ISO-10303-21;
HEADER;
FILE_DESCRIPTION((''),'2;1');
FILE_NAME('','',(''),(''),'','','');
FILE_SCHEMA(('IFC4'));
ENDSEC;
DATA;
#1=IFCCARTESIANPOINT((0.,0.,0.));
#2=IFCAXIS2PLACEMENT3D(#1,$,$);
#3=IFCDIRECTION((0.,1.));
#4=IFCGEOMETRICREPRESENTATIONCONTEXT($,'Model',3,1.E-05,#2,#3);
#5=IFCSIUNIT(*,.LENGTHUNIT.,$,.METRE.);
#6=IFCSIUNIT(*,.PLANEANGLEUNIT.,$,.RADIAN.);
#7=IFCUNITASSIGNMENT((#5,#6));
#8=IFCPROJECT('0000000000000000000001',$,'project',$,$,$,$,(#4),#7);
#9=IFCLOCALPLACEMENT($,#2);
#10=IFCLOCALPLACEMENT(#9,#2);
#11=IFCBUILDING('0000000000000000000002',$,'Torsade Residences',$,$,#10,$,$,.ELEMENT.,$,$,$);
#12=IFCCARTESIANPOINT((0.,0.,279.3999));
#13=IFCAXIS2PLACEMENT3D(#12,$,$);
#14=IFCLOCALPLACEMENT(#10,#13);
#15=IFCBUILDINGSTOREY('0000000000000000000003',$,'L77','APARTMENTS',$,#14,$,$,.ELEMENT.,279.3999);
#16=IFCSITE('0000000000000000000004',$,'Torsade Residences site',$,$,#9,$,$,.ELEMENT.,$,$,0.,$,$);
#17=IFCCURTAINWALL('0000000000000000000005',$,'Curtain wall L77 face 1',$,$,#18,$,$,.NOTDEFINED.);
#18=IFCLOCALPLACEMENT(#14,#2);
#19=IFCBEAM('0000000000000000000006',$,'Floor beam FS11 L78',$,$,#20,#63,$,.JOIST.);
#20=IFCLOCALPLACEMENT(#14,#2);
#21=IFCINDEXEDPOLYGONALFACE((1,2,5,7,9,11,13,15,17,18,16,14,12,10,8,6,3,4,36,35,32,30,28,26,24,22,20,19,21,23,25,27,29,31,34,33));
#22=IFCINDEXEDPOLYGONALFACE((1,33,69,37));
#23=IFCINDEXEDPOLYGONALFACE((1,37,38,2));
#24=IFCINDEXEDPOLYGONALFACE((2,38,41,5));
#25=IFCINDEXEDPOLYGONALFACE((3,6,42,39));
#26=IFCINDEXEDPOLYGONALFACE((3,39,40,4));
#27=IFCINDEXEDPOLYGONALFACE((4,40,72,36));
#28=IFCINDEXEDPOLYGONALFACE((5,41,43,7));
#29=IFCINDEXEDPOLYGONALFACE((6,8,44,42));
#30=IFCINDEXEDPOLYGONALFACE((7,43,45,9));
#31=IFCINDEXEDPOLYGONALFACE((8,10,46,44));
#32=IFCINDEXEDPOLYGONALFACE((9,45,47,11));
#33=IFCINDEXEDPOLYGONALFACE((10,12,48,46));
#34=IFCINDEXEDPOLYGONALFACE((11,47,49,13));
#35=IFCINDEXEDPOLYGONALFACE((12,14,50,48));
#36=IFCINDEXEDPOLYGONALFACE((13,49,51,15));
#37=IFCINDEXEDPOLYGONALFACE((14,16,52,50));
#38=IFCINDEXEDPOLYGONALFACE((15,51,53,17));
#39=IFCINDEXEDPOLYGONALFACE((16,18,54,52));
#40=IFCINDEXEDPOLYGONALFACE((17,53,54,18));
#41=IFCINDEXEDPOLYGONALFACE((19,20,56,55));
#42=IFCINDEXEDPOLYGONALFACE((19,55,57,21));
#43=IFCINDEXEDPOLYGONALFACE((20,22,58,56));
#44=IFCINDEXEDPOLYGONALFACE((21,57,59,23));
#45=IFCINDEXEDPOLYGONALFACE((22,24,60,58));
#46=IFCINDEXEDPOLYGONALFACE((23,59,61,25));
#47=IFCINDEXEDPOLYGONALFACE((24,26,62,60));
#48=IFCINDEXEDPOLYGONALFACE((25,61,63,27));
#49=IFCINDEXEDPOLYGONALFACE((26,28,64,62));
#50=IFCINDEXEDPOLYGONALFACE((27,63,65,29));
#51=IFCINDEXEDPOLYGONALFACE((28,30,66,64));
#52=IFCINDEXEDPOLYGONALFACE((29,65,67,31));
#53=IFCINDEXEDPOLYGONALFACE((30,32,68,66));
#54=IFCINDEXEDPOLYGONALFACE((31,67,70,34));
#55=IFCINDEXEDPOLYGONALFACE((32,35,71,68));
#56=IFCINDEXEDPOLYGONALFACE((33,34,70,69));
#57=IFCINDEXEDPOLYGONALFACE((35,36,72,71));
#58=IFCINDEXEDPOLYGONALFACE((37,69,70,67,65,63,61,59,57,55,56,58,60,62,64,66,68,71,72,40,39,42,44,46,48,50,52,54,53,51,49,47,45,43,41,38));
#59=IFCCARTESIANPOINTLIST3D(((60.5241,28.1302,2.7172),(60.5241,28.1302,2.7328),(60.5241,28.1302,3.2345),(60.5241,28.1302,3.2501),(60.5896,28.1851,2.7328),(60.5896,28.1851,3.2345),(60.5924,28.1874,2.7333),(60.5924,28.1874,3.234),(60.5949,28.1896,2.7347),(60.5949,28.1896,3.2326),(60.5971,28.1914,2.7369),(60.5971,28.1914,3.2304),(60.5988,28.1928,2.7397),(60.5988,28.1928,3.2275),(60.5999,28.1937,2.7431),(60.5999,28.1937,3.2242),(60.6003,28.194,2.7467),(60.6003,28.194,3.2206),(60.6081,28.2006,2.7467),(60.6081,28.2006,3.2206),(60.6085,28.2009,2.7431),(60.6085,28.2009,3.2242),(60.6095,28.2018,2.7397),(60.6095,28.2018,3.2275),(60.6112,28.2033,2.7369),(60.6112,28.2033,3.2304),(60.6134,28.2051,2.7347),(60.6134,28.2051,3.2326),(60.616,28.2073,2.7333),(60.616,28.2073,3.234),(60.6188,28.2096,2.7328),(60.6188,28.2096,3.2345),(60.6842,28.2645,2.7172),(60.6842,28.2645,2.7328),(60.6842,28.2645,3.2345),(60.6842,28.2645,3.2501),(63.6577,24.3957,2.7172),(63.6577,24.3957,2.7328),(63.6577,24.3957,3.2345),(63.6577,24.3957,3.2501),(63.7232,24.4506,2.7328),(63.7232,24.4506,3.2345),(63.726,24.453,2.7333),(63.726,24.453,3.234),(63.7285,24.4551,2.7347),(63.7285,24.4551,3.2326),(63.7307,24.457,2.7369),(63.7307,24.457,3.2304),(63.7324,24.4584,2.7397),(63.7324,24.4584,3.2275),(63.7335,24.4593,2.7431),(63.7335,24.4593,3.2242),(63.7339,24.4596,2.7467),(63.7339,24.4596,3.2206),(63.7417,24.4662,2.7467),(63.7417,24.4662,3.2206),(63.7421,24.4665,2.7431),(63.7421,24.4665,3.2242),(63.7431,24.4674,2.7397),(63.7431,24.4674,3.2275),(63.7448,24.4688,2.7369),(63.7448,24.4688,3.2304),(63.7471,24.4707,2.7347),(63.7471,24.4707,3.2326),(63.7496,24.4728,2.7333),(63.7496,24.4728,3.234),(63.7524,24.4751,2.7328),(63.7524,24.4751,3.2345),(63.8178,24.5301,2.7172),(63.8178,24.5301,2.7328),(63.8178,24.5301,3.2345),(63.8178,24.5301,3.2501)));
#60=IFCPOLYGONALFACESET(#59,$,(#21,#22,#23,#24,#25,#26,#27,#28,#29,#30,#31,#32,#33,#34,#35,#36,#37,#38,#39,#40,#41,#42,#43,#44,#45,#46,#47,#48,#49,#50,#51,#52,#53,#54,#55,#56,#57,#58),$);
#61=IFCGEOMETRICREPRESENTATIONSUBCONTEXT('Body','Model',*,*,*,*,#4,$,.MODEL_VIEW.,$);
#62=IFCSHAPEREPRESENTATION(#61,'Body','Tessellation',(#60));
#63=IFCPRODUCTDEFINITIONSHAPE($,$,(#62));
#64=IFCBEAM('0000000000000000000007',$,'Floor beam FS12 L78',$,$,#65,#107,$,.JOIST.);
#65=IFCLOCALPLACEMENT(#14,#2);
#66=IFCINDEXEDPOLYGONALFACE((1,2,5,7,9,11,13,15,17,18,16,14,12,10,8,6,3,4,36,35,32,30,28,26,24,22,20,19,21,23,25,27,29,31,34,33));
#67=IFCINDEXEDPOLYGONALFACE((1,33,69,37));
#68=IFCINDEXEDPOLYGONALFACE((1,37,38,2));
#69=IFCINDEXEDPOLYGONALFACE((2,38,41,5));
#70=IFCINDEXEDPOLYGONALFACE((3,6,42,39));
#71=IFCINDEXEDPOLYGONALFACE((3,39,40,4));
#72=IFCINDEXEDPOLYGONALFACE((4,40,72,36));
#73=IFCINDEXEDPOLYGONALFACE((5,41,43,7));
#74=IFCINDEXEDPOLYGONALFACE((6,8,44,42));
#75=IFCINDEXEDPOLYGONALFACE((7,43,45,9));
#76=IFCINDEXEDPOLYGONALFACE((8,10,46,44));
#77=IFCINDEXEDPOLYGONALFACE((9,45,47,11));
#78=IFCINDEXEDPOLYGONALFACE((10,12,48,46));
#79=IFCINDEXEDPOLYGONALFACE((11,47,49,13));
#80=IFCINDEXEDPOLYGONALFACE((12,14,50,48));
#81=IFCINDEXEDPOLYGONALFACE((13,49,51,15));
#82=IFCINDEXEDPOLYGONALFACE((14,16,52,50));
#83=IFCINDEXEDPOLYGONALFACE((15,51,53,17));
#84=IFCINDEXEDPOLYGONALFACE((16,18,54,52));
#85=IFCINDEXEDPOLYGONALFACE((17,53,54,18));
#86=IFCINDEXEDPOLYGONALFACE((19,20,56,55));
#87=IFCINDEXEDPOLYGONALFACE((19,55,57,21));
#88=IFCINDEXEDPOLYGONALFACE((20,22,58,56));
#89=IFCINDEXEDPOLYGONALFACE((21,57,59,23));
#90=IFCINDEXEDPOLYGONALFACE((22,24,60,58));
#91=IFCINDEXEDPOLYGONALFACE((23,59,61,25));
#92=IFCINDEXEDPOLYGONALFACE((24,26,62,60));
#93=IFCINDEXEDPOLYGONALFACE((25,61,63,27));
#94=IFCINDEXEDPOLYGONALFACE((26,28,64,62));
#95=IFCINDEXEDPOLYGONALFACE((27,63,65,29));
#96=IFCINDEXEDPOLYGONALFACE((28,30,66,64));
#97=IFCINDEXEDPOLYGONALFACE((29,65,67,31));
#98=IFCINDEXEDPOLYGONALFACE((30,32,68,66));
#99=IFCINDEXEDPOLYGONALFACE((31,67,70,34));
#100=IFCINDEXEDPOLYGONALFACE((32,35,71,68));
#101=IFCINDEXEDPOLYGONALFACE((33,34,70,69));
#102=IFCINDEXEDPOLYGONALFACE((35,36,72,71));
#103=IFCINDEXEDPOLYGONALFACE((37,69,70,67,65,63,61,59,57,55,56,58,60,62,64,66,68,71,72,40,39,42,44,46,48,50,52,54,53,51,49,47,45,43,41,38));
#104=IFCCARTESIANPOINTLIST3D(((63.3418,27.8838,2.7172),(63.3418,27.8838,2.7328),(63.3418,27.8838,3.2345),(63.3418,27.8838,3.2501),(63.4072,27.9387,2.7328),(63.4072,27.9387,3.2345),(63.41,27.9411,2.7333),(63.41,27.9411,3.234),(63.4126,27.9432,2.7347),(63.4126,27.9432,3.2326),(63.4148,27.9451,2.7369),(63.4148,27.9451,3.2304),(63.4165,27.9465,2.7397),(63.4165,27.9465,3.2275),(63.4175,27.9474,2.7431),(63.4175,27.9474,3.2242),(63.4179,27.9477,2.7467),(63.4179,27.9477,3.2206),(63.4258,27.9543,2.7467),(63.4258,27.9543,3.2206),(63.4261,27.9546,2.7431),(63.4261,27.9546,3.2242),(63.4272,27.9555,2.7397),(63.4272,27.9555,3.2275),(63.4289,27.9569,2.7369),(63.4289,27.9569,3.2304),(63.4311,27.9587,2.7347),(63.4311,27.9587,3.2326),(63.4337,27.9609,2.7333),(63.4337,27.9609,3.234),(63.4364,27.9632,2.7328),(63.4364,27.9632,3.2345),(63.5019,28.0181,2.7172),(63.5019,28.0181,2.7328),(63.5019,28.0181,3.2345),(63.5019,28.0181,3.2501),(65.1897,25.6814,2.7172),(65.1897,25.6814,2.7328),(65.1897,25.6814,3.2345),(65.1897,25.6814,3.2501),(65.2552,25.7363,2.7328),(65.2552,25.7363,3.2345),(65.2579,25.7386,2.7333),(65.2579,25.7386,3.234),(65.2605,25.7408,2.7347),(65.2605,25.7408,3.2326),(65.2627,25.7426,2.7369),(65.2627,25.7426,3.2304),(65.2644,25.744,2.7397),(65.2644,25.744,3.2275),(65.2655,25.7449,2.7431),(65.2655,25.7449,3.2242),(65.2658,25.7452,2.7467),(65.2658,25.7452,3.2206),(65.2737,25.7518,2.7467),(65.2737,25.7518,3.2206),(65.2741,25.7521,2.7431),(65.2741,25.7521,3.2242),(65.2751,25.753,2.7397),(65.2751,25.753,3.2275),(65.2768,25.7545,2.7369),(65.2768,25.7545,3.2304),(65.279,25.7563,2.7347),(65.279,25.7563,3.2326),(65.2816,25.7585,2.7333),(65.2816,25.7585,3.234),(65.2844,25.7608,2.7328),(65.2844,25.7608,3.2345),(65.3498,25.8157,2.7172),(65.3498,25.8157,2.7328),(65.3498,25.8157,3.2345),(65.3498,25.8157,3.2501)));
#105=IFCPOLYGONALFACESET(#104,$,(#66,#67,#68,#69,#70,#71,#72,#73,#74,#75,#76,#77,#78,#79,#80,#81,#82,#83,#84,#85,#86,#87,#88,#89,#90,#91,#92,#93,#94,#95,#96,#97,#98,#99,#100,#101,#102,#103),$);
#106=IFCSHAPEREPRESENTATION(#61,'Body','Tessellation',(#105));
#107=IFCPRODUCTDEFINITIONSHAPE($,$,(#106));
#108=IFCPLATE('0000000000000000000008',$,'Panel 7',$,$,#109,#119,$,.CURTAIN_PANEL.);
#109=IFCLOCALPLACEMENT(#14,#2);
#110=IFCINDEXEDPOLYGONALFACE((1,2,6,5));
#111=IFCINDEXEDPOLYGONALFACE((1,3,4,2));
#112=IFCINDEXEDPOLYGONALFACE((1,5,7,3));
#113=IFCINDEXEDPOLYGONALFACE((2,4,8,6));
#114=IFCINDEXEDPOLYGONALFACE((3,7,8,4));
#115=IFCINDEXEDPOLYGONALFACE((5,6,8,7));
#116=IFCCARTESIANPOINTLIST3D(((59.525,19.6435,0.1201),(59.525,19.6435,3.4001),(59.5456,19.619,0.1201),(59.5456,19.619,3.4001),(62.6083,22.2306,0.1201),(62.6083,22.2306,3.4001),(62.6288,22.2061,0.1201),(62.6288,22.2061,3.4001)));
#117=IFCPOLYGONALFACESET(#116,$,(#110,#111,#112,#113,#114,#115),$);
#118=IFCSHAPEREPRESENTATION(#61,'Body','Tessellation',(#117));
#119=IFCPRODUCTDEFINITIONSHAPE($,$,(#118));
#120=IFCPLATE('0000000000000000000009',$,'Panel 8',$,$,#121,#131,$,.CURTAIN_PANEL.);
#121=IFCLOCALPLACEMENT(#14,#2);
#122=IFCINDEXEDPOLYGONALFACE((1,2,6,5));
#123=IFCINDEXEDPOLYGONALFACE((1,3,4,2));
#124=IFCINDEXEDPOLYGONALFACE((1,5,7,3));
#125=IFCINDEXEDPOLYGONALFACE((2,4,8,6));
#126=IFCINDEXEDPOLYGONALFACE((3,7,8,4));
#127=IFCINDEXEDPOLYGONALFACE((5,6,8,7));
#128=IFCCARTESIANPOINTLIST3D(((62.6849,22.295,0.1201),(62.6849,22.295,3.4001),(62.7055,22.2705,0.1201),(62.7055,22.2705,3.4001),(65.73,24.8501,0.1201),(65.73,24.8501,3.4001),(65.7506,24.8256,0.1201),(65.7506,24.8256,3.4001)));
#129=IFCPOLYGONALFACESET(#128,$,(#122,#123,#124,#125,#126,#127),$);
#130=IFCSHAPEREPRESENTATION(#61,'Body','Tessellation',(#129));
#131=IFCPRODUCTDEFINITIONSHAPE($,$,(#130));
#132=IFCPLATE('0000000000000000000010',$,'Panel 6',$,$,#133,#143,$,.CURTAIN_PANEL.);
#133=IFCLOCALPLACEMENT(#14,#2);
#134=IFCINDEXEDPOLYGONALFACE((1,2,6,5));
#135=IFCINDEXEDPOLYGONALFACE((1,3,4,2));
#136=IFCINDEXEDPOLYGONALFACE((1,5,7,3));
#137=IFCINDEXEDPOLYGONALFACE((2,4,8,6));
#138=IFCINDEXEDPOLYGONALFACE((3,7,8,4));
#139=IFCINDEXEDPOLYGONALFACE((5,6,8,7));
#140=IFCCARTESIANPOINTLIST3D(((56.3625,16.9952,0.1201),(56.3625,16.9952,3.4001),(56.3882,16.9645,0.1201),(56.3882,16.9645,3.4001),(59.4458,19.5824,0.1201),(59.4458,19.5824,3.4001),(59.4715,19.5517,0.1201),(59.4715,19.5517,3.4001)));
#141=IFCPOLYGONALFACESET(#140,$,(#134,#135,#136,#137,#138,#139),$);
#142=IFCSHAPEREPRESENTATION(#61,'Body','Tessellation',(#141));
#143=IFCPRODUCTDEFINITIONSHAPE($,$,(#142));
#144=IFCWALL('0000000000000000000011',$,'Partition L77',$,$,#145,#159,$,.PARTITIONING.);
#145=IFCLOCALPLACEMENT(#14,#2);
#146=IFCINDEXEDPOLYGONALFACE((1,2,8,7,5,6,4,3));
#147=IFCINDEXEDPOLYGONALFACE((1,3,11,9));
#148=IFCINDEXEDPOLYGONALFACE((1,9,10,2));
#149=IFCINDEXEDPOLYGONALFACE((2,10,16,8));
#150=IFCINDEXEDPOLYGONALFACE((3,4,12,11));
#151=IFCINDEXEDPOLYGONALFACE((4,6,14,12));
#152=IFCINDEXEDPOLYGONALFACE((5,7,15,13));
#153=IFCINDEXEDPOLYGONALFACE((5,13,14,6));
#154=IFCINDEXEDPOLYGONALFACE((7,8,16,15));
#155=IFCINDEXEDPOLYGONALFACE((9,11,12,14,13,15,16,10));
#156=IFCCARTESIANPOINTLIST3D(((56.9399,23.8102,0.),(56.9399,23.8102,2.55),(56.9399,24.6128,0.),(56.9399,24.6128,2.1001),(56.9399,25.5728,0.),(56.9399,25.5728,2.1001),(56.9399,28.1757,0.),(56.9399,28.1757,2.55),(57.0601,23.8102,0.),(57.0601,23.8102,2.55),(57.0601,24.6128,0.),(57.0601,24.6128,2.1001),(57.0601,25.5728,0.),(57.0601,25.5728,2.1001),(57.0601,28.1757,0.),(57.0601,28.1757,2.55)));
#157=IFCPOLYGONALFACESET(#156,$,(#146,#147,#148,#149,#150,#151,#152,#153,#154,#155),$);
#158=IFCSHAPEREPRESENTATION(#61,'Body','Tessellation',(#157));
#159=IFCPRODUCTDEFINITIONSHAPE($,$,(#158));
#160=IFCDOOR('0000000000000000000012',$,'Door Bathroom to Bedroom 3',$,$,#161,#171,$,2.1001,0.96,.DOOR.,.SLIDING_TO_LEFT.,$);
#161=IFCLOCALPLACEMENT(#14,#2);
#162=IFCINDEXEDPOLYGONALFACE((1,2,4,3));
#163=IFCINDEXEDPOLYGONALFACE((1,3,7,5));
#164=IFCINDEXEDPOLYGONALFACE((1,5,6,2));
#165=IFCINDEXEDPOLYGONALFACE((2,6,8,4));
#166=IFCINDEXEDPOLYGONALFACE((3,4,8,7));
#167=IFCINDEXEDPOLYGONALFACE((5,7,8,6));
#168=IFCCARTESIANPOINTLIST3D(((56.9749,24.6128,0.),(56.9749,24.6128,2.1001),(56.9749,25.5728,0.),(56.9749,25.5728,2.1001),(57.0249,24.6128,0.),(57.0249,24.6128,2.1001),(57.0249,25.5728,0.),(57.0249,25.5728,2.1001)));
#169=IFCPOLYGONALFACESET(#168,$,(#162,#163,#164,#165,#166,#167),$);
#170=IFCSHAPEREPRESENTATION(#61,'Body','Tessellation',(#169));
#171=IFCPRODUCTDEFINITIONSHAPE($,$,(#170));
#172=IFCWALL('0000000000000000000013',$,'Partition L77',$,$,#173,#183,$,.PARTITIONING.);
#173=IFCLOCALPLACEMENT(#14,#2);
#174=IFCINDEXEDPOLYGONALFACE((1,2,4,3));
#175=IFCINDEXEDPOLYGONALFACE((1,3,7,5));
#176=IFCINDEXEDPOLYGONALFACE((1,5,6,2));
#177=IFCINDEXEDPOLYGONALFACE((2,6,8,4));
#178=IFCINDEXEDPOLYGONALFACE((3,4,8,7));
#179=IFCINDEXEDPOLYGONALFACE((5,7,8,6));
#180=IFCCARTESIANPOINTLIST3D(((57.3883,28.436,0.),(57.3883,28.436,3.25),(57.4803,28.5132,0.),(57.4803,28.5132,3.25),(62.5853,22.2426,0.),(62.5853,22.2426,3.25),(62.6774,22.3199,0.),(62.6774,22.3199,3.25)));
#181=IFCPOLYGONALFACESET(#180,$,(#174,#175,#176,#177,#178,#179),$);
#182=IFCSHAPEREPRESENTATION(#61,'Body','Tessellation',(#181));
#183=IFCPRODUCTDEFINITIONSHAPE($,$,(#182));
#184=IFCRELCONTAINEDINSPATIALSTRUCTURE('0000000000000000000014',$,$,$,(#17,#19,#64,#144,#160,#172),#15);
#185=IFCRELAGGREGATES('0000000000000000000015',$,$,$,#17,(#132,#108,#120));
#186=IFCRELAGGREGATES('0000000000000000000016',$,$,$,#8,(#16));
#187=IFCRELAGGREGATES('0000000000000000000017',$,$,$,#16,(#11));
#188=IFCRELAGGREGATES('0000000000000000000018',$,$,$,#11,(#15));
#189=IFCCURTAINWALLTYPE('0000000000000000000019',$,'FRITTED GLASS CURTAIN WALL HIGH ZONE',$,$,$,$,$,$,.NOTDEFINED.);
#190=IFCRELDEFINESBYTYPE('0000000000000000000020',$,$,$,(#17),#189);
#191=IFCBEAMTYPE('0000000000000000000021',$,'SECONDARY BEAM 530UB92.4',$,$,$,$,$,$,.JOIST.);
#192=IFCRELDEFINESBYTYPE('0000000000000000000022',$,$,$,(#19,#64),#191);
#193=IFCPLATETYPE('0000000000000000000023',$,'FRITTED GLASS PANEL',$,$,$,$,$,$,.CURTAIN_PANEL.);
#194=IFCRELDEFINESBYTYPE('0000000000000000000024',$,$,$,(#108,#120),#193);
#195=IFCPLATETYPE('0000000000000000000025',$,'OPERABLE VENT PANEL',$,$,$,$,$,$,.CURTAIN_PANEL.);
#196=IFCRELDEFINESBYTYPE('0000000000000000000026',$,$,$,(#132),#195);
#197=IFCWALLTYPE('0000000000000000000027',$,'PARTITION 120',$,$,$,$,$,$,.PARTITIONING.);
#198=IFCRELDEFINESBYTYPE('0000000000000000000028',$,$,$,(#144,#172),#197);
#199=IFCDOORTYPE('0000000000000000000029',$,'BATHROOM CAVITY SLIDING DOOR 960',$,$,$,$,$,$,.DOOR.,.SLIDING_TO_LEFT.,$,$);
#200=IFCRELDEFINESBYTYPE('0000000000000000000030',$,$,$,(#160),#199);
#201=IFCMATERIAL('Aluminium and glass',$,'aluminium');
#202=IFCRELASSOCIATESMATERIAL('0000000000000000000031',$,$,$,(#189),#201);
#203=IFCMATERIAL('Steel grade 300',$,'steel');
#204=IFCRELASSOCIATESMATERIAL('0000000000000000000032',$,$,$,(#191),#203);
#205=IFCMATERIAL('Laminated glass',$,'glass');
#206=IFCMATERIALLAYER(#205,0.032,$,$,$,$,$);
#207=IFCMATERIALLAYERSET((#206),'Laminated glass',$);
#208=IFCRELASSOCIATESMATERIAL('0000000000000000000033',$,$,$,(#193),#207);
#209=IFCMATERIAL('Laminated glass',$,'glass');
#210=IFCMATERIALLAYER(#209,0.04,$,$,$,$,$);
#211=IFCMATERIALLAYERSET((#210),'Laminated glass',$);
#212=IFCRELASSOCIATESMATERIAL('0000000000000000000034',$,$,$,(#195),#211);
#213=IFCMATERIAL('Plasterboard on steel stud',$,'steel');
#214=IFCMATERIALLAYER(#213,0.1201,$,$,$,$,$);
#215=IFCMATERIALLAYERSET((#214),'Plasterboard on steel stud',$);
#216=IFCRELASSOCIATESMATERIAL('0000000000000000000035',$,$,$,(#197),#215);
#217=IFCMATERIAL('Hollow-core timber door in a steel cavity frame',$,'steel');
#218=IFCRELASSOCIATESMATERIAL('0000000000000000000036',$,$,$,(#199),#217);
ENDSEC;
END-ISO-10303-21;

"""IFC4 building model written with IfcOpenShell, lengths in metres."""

from ifc_helpers import new_model, si_unit, direction, frame, frame_2d, origin, origin_2d, place, context, subcontext, project, spatial, rectangle, i_section, extrude, material, layer, layer_set, material_profile, profile_set, type_object, element, fill, aggregate, save


model = new_model("IFC4")

# Units and contexts
model_context = context("Model", 3, precision=1e-05, world=origin(), true_north=direction((0.0, 1.0)))
body_context = subcontext(model_context, "Body", "Model", "MODEL_VIEW")
ifc_project = project(units=[si_unit("LENGTHUNIT", "METRE"), si_unit("PLANEANGLEUNIT", "RADIAN")], contexts=[model_context])

# Site, building, storey
site_placement = place(None, origin())
site = spatial("IfcSite", under=ifc_project, at=site_placement, Name="Torsade Residences site", CompositionType="ELEMENT", RefElevation=0.0)
building_placement = place(site_placement, origin())
building = spatial("IfcBuilding", under=site, at=building_placement, Name="Torsade Residences", CompositionType="ELEMENT")
storey_placement = place(building_placement, frame((0.0, 0.0, 279.3999)))
storey = spatial("IfcBuildingStorey", under=building, at=storey_placement, Name="L77", Description="APARTMENTS", CompositionType="ELEMENT", Elevation=279.3999)

# Curtain wall
ifc_material_1 = material(Name="Aluminium and glass", Category="aluminium")
curtain_wall_type = type_object("IfcCurtainWallType", Name="FRITTED GLASS CURTAIN WALL HIGH ZONE", PredefinedType="NOTDEFINED", material=ifc_material_1)
curtain_wall_placement = place(storey_placement, origin())
curtain_wall = element("IfcCurtainWall", 1, at=curtain_wall_placement, inside=storey, type_object=curtain_wall_type, Name="Curtain wall L77 face 1", PredefinedType="NOTDEFINED")

# Beams
ifc_material_2 = material(Name="Steel grade 300", Category="steel")
ifc_material_profile_1 = material_profile(ifc_material_2, i_section(OverallWidth=0.209, OverallDepth=0.533, WebThickness=0.0103, FlangeThickness=0.0156, FilletRadius=0.0139, at=origin_2d()), Name="530UB92.4")
ifc_profile_set_1 = profile_set([ifc_material_profile_1], Name="Steel grade 300")
beam_type_1 = type_object("IfcBeamType", Name="SECONDARY BEAM 530UB92.4", PredefinedType="JOIST", material=ifc_profile_set_1)
beam_1_placement = place(storey_placement, frame((63.7378, 24.4629, 2.9836), z_axis=(-0.642791, 0.766041, 0.0), x_axis=(-0.766041, -0.642791, 0.0)))
element("IfcBeam", 2, at=beam_1_placement, inside=storey, type_object=beam_type_1, Name="Floor beam FS11 L78", PredefinedType="JOIST", context=body_context, shape_type="SweptSolid", body=[
    extrude(i_section(OverallWidth=0.209, OverallDepth=0.533, WebThickness=0.0103, FlangeThickness=0.0156, FilletRadius=0.0139, at=origin_2d()), origin(), (0.0, 0.0, 1.0), 4.875),
])
beam_2_placement = place(storey_placement, frame((65.2698, 25.7485, 2.9836), z_axis=(-0.642762, 0.766066, 0.0), x_axis=(-0.766066, -0.642762, 0.0)))
element("IfcBeam", 3, at=beam_2_placement, inside=storey, type_object=beam_type_1, Name="Floor beam FS12 L78", PredefinedType="JOIST", context=body_context, shape_type="SweptSolid", body=[
    extrude(i_section(OverallWidth=0.209, OverallDepth=0.533, WebThickness=0.0103, FlangeThickness=0.0156, FilletRadius=0.0139, at=origin_2d()), origin(), (0.0, 0.0, 1.0), 2.875),
])

# Plates
ifc_material_3 = material(Name="Laminated glass", Category="glass")
ifc_layer_1 = layer(ifc_material_3, 0.032)
ifc_layer_set_1 = layer_set([ifc_layer_1], Name="Laminated glass")
plate_type_1 = type_object("IfcPlateType", Name="FRITTED GLASS PANEL", PredefinedType="CURTAIN_PANEL", material=ifc_layer_set_1)
plate_1_placement = place(storey_placement, frame((61.0769, 20.9248, 0.1201), z_axis=(0.0, 0.0, 1.0), x_axis=(0.766044, 0.642788, 0.0)))
plate_1 = element("IfcPlate", 4, at=plate_1_placement, type_object=plate_type_1, Name="Panel 7", PredefinedType="CURTAIN_PANEL", context=body_context, shape_type="SweptSolid", body=[
    extrude(rectangle(XDim=4.0249, YDim=0.032, at=origin_2d()), origin(), (0.0, 0.0, 1.0), 3.28),
])
plate_2_placement = place(storey_placement, frame((64.2178, 23.5603, 0.1201), z_axis=(0.0, 0.0, 1.0), x_axis=(0.766044, 0.642788, 0.0)))
plate_2 = element("IfcPlate", 5, at=plate_2_placement, type_object=plate_type_1, Name="Panel 8", PredefinedType="CURTAIN_PANEL", context=body_context, shape_type="SweptSolid", body=[
    extrude(rectangle(XDim=3.9751, YDim=0.032, at=origin_2d()), origin(), (0.0, 0.0, 1.0), 3.28),
])
ifc_material_4 = material(Name="Laminated glass", Category="glass")
ifc_layer_2 = layer(ifc_material_4, 0.04)
ifc_layer_set_2 = layer_set([ifc_layer_2], Name="Laminated glass")
plate_type_2 = type_object("IfcPlateType", Name="OPERABLE VENT PANEL", PredefinedType="CURTAIN_PANEL", material=ifc_layer_set_2)
plate_3_placement = place(storey_placement, frame((57.917, 18.2734, 0.1201), z_axis=(0.0, 0.0, 1.0), x_axis=(0.766044, 0.642788, 0.0)))
plate_3 = element("IfcPlate", 6, at=plate_3_placement, type_object=plate_type_2, Name="Panel 6", PredefinedType="CURTAIN_PANEL", context=body_context, shape_type="SweptSolid", body=[
    extrude(rectangle(XDim=4.0249, YDim=0.04, at=origin_2d()), origin(), (0.0, 0.0, 1.0), 3.28),
])
aggregate(curtain_wall, [plate_3, plate_1, plate_2])

# Wall, opening, door
ifc_material_5 = material(Name="Plasterboard on steel stud", Category="steel")
ifc_layer_3 = layer(ifc_material_5, 0.1201)
ifc_layer_set_3 = layer_set([ifc_layer_3], Name="Plasterboard on steel stud")
wall_type_1 = type_object("IfcWallType", Name="PARTITION 120", PredefinedType="PARTITIONING", material=ifc_layer_set_3)
wall_1_placement = place(storey_placement, frame((57.0, 28.1755, 0.0), z_axis=(0.0, 0.0, 1.0), x_axis=(0.0, -1.0, 0.0)))
wall_1 = element("IfcWall", 7, at=wall_1_placement, inside=storey, type_object=wall_type_1, Name="Partition L77", PredefinedType="PARTITIONING", context=body_context, shape_type="SweptSolid", body=[
    extrude(rectangle(XDim=4.3655, YDim=0.1201, at=frame_2d((2.1826, 0.0))), origin(), (0.0, 0.0, 1.0), 2.55),
])
opening_1_placement = place(wall_1_placement, frame((2.6028, 0.0, 0.0)))
opening_1 = element("IfcOpeningElement", 8, at=opening_1_placement, cuts=wall_1, PredefinedType="OPENING", context=body_context, shape_type="SweptSolid", body=[
    extrude(rectangle(XDim=0.96, YDim=2.1001, at=frame_2d((0.48, 1.05))), frame((0.0, 0.0701, 0.0), z_axis=(0.0, -1.0, 0.0), x_axis=(1.0, 0.0, 0.0)), (0.0, 0.0, 1.0), 0.1401),
])
ifc_material_6 = material(Name="Hollow-core timber door in a steel cavity frame", Category="steel")
door_type_1 = type_object("IfcDoorType", Name="BATHROOM CAVITY SLIDING DOOR 960", OperationType="SLIDING_TO_LEFT", PredefinedType="DOOR", material=ifc_material_6)
door_1_placement = place(opening_1_placement, origin())
door_1 = element("IfcDoor", 9, at=door_1_placement, inside=storey, type_object=door_type_1, Name="Door Bathroom to Bedroom 3", OperationType="SLIDING_TO_LEFT", OverallHeight=2.1001, OverallWidth=0.96, PredefinedType="DOOR", context=body_context, shape_type="SweptSolid", body=[
    extrude(rectangle(XDim=0.96, YDim=2.1001, at=frame_2d((0.48, 1.05))), frame((0.0, 0.0249, 0.0), z_axis=(0.0, -1.0, 0.0), x_axis=(1.0, 0.0, 0.0)), (0.0, 0.0, 1.0), 0.05),
])
fill(opening_1, door_1)

# Wall
wall_2_placement = place(storey_placement, frame((62.6313, 22.2812, 0.0), z_axis=(0.0, 0.0, 1.0), x_axis=(-0.6428, 0.766034, 0.0)))
element("IfcWall", 10, at=wall_2_placement, inside=storey, type_object=wall_type_1, Name="Partition L77", PredefinedType="PARTITIONING", context=body_context, shape_type="SweptSolid", body=[
    extrude(rectangle(XDim=8.085, YDim=0.1201, at=frame_2d((4.0425, 0.0))), origin(), (0.0, 0.0, 1.0), 3.25),
])

save(model, "model.ifc")
